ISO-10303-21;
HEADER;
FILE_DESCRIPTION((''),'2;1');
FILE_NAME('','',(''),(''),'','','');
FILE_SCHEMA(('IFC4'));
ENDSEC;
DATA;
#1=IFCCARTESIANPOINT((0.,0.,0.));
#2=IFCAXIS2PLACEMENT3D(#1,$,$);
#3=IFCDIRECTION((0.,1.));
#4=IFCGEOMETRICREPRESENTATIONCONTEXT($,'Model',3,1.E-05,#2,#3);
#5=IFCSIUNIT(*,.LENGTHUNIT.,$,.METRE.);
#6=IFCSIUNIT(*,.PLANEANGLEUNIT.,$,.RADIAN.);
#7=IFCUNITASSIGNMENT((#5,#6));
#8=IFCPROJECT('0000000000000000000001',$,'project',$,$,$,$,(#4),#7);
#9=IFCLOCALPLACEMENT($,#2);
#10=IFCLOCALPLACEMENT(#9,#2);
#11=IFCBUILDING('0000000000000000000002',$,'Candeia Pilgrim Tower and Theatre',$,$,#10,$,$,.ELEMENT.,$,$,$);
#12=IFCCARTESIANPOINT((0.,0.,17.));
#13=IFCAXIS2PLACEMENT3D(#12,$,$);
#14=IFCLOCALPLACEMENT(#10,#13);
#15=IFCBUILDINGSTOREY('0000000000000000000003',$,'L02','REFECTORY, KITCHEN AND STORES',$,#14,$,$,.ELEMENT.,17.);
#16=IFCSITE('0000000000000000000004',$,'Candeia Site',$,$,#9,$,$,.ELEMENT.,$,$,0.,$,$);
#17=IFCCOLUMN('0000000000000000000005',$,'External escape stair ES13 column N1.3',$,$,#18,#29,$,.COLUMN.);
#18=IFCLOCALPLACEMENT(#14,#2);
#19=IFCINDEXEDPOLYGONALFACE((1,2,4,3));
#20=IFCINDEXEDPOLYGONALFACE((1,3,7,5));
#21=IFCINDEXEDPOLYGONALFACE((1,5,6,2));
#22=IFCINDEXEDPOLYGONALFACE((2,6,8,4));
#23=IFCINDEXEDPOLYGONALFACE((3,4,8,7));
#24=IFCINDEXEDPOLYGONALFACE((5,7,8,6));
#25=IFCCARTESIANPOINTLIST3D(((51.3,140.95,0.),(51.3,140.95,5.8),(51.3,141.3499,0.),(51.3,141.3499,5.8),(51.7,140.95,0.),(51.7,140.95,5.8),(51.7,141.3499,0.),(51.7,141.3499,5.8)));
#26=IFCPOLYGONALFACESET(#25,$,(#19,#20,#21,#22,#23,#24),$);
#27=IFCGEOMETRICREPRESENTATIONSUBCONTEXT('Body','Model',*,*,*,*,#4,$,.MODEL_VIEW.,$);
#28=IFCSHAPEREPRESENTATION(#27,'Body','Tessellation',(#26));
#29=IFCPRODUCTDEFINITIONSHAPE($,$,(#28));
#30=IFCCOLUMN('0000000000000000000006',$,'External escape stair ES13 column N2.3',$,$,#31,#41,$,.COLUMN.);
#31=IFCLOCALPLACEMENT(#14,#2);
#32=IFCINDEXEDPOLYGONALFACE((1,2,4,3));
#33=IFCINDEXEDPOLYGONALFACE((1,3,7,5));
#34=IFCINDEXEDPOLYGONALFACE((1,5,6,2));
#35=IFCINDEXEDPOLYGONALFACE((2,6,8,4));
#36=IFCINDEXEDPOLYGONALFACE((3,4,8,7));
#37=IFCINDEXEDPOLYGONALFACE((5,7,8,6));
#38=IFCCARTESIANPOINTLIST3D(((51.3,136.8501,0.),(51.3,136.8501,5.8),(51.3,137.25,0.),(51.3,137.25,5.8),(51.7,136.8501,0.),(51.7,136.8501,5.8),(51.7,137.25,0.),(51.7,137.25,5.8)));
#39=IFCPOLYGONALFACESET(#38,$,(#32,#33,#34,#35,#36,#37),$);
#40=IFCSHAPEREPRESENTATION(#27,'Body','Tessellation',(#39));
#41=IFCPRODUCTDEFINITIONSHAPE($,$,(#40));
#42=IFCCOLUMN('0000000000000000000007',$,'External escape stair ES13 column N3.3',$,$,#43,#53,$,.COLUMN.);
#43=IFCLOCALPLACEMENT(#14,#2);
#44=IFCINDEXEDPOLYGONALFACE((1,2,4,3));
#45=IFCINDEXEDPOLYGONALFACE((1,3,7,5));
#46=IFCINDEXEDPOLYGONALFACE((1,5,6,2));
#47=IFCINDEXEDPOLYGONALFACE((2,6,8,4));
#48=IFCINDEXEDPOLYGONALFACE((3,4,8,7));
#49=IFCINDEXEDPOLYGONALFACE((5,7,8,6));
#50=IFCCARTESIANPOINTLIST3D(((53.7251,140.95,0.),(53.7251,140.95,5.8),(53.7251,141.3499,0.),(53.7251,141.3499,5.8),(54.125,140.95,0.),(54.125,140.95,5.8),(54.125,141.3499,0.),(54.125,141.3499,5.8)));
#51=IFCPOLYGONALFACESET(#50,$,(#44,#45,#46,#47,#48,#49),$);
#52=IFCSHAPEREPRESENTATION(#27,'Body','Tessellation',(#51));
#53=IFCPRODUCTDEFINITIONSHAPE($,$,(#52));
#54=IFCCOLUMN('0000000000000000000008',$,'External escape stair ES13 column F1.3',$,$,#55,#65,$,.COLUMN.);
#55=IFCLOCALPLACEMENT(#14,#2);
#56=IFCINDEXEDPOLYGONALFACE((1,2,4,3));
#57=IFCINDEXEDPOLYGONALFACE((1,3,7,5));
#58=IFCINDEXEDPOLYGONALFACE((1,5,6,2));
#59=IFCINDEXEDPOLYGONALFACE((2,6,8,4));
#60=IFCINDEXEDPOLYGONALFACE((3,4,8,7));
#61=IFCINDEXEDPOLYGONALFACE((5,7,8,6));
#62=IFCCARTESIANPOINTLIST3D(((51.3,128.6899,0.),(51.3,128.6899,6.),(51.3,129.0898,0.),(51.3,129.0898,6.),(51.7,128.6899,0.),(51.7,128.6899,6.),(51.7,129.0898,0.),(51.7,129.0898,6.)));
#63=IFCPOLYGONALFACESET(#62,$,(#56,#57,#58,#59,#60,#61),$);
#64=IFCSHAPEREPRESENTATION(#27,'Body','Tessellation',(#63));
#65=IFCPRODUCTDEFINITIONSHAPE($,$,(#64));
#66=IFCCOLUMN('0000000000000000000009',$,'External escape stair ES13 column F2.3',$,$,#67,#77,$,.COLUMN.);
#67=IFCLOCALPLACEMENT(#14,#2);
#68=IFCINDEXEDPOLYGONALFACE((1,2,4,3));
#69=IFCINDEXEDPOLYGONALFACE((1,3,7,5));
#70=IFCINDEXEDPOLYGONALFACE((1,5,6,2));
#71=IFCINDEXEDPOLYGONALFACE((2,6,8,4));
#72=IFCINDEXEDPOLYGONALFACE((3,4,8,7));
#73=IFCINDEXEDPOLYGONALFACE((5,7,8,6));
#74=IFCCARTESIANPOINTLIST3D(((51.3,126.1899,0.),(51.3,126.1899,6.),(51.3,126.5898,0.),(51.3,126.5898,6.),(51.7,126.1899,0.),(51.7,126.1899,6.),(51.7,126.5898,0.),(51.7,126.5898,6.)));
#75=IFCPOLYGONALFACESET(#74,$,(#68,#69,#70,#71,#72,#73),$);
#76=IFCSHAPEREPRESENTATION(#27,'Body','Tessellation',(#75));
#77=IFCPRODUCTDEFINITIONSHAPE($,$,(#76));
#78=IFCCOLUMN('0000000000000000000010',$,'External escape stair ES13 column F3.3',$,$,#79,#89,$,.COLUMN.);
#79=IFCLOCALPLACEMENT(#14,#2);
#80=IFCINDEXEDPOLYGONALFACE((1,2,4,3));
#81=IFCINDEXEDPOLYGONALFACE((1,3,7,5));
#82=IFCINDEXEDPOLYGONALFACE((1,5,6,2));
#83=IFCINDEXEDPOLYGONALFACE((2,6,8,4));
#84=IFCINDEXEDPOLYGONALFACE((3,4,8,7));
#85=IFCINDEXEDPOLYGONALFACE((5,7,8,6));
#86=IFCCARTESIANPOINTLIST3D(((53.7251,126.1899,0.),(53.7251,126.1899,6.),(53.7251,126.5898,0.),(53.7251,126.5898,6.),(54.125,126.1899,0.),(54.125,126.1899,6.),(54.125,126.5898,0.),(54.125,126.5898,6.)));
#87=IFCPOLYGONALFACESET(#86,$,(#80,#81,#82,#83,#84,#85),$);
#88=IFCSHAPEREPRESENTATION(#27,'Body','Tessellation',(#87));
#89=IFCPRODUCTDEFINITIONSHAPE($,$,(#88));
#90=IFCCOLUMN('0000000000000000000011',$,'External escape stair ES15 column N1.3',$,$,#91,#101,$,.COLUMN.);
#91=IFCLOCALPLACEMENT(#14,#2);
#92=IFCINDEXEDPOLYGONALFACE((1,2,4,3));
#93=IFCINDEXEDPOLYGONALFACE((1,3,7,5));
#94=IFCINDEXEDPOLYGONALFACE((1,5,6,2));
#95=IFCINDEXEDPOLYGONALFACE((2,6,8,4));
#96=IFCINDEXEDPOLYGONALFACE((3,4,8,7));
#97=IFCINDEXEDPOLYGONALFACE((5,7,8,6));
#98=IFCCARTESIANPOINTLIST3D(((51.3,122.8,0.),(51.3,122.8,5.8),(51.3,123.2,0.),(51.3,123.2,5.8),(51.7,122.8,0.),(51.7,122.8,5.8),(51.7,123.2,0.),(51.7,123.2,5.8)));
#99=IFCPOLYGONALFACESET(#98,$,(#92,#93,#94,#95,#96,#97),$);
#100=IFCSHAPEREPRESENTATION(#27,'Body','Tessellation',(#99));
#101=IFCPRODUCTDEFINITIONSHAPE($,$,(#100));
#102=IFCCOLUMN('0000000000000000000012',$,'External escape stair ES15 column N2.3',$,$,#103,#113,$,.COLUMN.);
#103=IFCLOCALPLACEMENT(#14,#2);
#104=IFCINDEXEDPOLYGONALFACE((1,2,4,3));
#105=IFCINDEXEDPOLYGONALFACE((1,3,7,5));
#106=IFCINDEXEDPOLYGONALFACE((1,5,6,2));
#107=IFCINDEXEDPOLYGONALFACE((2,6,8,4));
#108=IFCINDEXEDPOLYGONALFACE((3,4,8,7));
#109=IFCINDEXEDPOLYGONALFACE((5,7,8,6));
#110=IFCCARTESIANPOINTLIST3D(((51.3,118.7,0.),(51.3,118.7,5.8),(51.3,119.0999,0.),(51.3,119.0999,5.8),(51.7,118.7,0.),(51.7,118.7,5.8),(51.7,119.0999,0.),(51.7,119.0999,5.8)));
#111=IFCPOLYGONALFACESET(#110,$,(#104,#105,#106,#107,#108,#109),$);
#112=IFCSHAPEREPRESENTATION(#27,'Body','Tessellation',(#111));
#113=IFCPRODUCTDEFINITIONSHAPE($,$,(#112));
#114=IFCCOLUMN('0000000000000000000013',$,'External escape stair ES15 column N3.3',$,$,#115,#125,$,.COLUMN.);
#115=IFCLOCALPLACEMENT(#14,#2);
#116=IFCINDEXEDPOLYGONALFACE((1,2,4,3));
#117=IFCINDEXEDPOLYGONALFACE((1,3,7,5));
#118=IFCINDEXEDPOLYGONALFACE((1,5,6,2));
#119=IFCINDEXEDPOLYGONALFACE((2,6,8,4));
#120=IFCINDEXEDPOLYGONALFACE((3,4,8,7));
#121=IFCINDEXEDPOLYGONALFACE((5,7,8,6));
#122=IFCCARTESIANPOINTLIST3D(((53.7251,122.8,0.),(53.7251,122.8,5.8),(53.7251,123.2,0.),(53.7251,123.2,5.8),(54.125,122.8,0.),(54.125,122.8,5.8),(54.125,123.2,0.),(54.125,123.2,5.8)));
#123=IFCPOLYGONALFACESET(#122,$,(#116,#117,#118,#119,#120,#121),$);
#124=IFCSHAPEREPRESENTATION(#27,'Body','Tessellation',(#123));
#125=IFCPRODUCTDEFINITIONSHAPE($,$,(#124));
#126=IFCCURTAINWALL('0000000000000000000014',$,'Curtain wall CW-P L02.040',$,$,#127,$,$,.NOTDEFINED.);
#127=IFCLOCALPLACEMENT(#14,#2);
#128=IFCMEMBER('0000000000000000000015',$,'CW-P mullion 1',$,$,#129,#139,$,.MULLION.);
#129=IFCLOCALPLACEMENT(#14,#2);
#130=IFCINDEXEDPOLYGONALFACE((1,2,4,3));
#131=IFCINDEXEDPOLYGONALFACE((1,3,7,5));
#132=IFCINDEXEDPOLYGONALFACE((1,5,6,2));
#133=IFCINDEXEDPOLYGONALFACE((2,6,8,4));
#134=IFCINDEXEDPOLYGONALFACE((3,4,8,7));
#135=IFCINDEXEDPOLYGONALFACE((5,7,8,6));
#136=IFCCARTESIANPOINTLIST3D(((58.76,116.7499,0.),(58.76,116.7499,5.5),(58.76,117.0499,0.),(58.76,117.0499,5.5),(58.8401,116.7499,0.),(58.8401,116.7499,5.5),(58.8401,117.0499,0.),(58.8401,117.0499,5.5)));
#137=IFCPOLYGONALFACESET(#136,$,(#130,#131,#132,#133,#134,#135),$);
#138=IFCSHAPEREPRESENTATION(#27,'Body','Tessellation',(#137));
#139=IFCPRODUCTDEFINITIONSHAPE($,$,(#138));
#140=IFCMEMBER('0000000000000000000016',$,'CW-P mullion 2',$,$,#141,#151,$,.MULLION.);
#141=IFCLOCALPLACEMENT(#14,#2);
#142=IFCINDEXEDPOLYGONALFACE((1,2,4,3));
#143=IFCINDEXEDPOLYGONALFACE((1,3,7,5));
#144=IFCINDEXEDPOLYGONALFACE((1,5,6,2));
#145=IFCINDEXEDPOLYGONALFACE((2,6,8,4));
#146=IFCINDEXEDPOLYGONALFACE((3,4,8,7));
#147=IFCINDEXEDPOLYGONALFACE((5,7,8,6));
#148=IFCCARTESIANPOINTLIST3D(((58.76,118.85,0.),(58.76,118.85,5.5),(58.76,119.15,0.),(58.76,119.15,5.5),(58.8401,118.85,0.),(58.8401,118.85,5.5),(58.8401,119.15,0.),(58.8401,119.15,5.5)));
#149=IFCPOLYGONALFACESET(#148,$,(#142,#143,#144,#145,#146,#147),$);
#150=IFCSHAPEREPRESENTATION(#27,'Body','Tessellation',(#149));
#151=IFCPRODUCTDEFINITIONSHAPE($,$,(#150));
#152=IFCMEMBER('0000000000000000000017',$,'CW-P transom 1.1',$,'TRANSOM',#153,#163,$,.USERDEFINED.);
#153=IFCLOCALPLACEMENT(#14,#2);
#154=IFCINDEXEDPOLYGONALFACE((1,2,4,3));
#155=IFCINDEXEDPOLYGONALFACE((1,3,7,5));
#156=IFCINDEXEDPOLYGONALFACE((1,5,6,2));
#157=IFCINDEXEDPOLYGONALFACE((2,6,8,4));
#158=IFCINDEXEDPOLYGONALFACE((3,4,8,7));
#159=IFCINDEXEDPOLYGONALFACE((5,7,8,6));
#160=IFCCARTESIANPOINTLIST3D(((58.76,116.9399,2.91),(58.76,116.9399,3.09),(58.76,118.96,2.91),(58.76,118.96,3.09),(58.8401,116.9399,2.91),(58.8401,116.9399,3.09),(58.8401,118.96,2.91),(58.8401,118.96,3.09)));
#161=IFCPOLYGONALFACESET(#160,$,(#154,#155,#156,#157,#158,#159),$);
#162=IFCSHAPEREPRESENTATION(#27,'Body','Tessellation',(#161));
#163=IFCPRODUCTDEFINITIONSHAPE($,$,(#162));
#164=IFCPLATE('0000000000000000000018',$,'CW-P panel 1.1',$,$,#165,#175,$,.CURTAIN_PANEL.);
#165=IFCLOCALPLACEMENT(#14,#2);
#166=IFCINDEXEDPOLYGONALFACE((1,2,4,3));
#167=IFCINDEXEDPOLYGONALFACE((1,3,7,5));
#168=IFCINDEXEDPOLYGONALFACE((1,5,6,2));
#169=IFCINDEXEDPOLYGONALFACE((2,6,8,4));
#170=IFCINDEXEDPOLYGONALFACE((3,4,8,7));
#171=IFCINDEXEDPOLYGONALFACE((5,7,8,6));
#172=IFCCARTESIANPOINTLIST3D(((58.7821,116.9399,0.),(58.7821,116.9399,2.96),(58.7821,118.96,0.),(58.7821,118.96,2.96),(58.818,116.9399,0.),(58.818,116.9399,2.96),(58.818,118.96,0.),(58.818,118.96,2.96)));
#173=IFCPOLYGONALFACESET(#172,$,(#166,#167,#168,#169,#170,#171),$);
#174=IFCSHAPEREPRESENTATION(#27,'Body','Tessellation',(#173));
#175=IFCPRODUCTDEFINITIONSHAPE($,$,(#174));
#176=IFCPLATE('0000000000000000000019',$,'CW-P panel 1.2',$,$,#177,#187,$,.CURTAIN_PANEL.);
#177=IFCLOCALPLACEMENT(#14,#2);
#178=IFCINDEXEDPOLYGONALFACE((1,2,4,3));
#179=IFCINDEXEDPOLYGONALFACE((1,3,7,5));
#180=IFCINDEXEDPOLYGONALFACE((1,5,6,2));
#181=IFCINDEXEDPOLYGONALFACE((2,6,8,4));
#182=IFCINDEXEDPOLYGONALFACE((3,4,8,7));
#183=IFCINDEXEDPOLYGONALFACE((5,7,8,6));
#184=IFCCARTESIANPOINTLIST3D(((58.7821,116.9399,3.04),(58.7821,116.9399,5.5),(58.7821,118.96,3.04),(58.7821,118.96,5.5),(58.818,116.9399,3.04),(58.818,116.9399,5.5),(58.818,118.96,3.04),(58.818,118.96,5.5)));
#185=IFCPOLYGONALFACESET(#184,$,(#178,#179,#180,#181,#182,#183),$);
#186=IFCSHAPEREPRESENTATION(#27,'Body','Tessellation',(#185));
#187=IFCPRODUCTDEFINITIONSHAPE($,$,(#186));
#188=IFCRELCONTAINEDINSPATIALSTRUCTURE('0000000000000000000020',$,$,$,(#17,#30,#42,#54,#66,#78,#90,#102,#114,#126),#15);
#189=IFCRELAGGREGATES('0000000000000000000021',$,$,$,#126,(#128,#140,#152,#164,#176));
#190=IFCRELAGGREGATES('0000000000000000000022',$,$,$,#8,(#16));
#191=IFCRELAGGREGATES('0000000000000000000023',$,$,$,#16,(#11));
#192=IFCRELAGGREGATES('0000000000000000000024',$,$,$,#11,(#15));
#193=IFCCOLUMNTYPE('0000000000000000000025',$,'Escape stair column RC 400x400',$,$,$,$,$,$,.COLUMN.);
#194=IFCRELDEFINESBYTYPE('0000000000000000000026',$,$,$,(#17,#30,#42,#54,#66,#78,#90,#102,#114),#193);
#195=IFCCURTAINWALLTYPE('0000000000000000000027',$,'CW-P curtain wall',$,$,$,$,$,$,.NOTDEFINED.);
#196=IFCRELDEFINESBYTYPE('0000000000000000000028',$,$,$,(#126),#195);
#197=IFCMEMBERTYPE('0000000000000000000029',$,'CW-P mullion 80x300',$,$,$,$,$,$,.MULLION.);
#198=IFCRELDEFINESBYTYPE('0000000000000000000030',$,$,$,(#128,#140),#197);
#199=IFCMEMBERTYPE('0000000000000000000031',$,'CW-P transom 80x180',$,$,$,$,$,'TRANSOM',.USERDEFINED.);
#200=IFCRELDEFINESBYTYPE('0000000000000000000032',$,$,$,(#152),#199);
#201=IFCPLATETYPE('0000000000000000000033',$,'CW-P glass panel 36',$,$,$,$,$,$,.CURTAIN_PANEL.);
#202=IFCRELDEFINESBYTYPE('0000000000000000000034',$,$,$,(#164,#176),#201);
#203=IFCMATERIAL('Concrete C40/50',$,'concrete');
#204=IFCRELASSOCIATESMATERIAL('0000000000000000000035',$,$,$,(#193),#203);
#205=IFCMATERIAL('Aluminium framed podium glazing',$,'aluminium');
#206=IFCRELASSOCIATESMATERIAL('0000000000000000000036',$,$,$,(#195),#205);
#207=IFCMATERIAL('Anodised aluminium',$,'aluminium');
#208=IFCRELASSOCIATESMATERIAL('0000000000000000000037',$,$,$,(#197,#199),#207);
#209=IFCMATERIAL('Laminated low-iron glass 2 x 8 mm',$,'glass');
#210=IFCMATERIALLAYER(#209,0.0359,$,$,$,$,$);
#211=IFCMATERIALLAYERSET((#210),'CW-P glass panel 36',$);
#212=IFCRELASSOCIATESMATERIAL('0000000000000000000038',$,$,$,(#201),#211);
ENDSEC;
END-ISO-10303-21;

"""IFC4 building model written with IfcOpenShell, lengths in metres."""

from ifc_helpers import new_model, si_unit, direction, frame, origin, origin_2d, place, context, subcontext, project, spatial, rectangle, extrude, material, layer, layer_set, material_profile, profile_set, type_object, element, aggregate, save


model = new_model("IFC4")

# Units and contexts
model_context = context("Model", 3, precision=1e-05, world=origin(), true_north=direction((0.0, 1.0)))
body_context = subcontext(model_context, "Body", "Model", "MODEL_VIEW")
ifc_project = project(units=[si_unit("LENGTHUNIT", "METRE"), si_unit("PLANEANGLEUNIT", "RADIAN")], contexts=[model_context])

# Site, building, storey
site_placement = place(None, origin())
site = spatial("IfcSite", under=ifc_project, at=site_placement, Name="Candeia Site", CompositionType="ELEMENT", RefElevation=0.0)
building_placement = place(site_placement, origin())
building = spatial("IfcBuilding", under=site, at=building_placement, Name="Candeia Pilgrim Tower and Theatre", CompositionType="ELEMENT")
storey_placement = place(building_placement, frame((0.0, 0.0, 17.0)))
storey = spatial("IfcBuildingStorey", under=building, at=storey_placement, Name="L02", Description="REFECTORY, KITCHEN AND STORES", CompositionType="ELEMENT", Elevation=17.0)

# Columns
ifc_material_1 = material(Name="Concrete C40/50", Category="concrete")
ifc_material_profile_1 = material_profile(ifc_material_1, rectangle(XDim=0.3999, YDim=0.3999, at=origin_2d()))
ifc_profile_set_1 = profile_set([ifc_material_profile_1], Name="Concrete C40/50")
column_type = type_object("IfcColumnType", Name="Escape stair column RC 400x400", PredefinedType="COLUMN", material=ifc_profile_set_1)
for number, where, z_axis, x_axis, name in (
    (1, (51.5, 141.1499, 0.0), (0.0, 0.0, 1.0), (1.0, 0.0, 0.0), "External escape stair ES13 column N1.3"),
    (2, (51.5, 137.05, 0.0), (0.0, 0.0, 1.0), (1.0, 0.0, 0.0), "External escape stair ES13 column N2.3"),
    (3, (53.925, 141.1499, 0.0), (0.0, 0.0, 1.0), (1.0, 0.0, 0.0), "External escape stair ES13 column N3.3"),
):
    element("IfcColumn", number, at=place(storey_placement, frame(where, z_axis=z_axis, x_axis=x_axis)), inside=storey, type_object=column_type, Name=name, PredefinedType="COLUMN", context=body_context, shape_type="SweptSolid", body=[
        extrude(rectangle(XDim=0.3999, YDim=0.3999, at=origin_2d()), origin(), (0.0, 0.0, 1.0), 5.8),
    ])
for number, where, z_axis, x_axis, name in (
    (4, (51.5, 128.8899, 0.0), (0.0, 0.0, 1.0), (1.0, 0.0, 0.0), "External escape stair ES13 column F1.3"),
    (5, (51.5, 126.3899, 0.0), (0.0, 0.0, 1.0), (1.0, 0.0, 0.0), "External escape stair ES13 column F2.3"),
    (6, (53.925, 126.3899, 0.0), (0.0, 0.0, 1.0), (1.0, 0.0, 0.0), "External escape stair ES13 column F3.3"),
):
    element("IfcColumn", number, at=place(storey_placement, frame(where, z_axis=z_axis, x_axis=x_axis)), inside=storey, type_object=column_type, Name=name, PredefinedType="COLUMN", context=body_context, shape_type="SweptSolid", body=[
        extrude(rectangle(XDim=0.3999, YDim=0.3999, at=origin_2d()), origin(), (0.0, 0.0, 1.0), 6.0),
    ])
for number, where, z_axis, x_axis, name in (
    (7, (51.5, 123.0, 0.0), (0.0, 0.0, 1.0), (1.0, 0.0, 0.0), "External escape stair ES15 column N1.3"),
    (8, (51.5, 118.8999, 0.0), (0.0, 0.0, 1.0), (1.0, 0.0, 0.0), "External escape stair ES15 column N2.3"),
    (9, (53.925, 123.0, 0.0), (0.0, 0.0, 1.0), (1.0, 0.0, 0.0), "External escape stair ES15 column N3.3"),
):
    element("IfcColumn", number, at=place(storey_placement, frame(where, z_axis=z_axis, x_axis=x_axis)), inside=storey, type_object=column_type, Name=name, PredefinedType="COLUMN", context=body_context, shape_type="SweptSolid", body=[
        extrude(rectangle(XDim=0.3999, YDim=0.3999, at=origin_2d()), origin(), (0.0, 0.0, 1.0), 5.8),
    ])

# Curtain wall, members, plates
ifc_material_2 = material(Name="Aluminium framed podium glazing", Category="aluminium")
curtain_wall_type = type_object("IfcCurtainWallType", Name="CW-P curtain wall", PredefinedType="NOTDEFINED", material=ifc_material_2)
curtain_wall_placement = place(storey_placement, origin())
curtain_wall = element("IfcCurtainWall", 10, at=curtain_wall_placement, inside=storey, type_object=curtain_wall_type, Name="Curtain wall CW-P L02.040", PredefinedType="NOTDEFINED")
ifc_material_3 = material(Name="Anodised aluminium", Category="aluminium")
ifc_material_profile_2 = material_profile(ifc_material_3, rectangle(XDim=0.0801, YDim=0.3, at=origin_2d()))
ifc_profile_set_2 = profile_set([ifc_material_profile_2], Name="Anodised aluminium")
member_type_1 = type_object("IfcMemberType", Name="CW-P mullion 80x300", PredefinedType="MULLION", material=ifc_profile_set_2)
member_1_placement = place(storey_placement, frame((58.8, 116.8999, 0.0), z_axis=(0.0, 0.0, 1.0), x_axis=(-1.0, 0.0, 0.0)))
member_1 = element("IfcMember", 11, at=member_1_placement, type_object=member_type_1, Name="CW-P mullion 1", PredefinedType="MULLION", context=body_context, shape_type="SweptSolid", body=[
    extrude(rectangle(XDim=0.0801, YDim=0.3, at=origin_2d()), origin(), (0.0, 0.0, 1.0), 5.5),
])
member_2_placement = place(storey_placement, frame((58.8, 119.0, 0.0), z_axis=(0.0, 0.0, 1.0), x_axis=(-1.0, 0.0, 0.0)))
member_2 = element("IfcMember", 12, at=member_2_placement, type_object=member_type_1, Name="CW-P mullion 2", PredefinedType="MULLION", context=body_context, shape_type="SweptSolid", body=[
    extrude(rectangle(XDim=0.0801, YDim=0.3, at=origin_2d()), origin(), (0.0, 0.0, 1.0), 5.5),
])
ifc_material_profile_3 = material_profile(ifc_material_3, rectangle(XDim=0.0801, YDim=0.1799, at=origin_2d()))
ifc_profile_set_3 = profile_set([ifc_material_profile_3], Name="Anodised aluminium")
member_type_2 = type_object("IfcMemberType", Name="CW-P transom 80x180", ElementType="TRANSOM", PredefinedType="USERDEFINED", material=ifc_profile_set_3)
member_3_placement = place(storey_placement, frame((58.8, 116.9399, 3.0), z_axis=(0.0, 1.0, 0.0), x_axis=(-1.0, 0.0, 0.0)))
member_3 = element("IfcMember", 13, at=member_3_placement, type_object=member_type_2, Name="CW-P transom 1.1", ObjectType="TRANSOM", PredefinedType="USERDEFINED", context=body_context, shape_type="SweptSolid", body=[
    extrude(rectangle(XDim=0.0801, YDim=0.1799, at=origin_2d()), origin(), (0.0, 0.0, 1.0), 2.02),
])
ifc_material_4 = material(Name="Laminated low-iron glass 2 x 8 mm", Category="glass")
ifc_layer_1 = layer(ifc_material_4, 0.0359)
ifc_layer_set_1 = layer_set([ifc_layer_1], Name="CW-P glass panel 36")
plate_type = type_object("IfcPlateType", Name="CW-P glass panel 36", PredefinedType="CURTAIN_PANEL", material=ifc_layer_set_1)
plate_1_placement = place(storey_placement, frame((58.8, 117.95, 0.0), z_axis=(0.0, 0.0, 1.0), x_axis=(0.0, 1.0, 0.0)))
plate_1 = element("IfcPlate", 14, at=plate_1_placement, type_object=plate_type, Name="CW-P panel 1.1", PredefinedType="CURTAIN_PANEL", context=body_context, shape_type="SweptSolid", body=[
    extrude(rectangle(XDim=2.02, YDim=0.0359, at=origin_2d()), origin(), (0.0, 0.0, 1.0), 2.96),
])
plate_2_placement = place(storey_placement, frame((58.8, 117.95, 3.04), z_axis=(0.0, 0.0, 1.0), x_axis=(0.0, 1.0, 0.0)))
plate_2 = element("IfcPlate", 15, at=plate_2_placement, type_object=plate_type, Name="CW-P panel 1.2", PredefinedType="CURTAIN_PANEL", context=body_context, shape_type="SweptSolid", body=[
    extrude(rectangle(XDim=2.02, YDim=0.0359, at=origin_2d()), origin(), (0.0, 0.0, 1.0), 2.46),
])
aggregate(curtain_wall, [member_1, member_2, member_3, plate_1, plate_2])

save(model, "model.ifc")
